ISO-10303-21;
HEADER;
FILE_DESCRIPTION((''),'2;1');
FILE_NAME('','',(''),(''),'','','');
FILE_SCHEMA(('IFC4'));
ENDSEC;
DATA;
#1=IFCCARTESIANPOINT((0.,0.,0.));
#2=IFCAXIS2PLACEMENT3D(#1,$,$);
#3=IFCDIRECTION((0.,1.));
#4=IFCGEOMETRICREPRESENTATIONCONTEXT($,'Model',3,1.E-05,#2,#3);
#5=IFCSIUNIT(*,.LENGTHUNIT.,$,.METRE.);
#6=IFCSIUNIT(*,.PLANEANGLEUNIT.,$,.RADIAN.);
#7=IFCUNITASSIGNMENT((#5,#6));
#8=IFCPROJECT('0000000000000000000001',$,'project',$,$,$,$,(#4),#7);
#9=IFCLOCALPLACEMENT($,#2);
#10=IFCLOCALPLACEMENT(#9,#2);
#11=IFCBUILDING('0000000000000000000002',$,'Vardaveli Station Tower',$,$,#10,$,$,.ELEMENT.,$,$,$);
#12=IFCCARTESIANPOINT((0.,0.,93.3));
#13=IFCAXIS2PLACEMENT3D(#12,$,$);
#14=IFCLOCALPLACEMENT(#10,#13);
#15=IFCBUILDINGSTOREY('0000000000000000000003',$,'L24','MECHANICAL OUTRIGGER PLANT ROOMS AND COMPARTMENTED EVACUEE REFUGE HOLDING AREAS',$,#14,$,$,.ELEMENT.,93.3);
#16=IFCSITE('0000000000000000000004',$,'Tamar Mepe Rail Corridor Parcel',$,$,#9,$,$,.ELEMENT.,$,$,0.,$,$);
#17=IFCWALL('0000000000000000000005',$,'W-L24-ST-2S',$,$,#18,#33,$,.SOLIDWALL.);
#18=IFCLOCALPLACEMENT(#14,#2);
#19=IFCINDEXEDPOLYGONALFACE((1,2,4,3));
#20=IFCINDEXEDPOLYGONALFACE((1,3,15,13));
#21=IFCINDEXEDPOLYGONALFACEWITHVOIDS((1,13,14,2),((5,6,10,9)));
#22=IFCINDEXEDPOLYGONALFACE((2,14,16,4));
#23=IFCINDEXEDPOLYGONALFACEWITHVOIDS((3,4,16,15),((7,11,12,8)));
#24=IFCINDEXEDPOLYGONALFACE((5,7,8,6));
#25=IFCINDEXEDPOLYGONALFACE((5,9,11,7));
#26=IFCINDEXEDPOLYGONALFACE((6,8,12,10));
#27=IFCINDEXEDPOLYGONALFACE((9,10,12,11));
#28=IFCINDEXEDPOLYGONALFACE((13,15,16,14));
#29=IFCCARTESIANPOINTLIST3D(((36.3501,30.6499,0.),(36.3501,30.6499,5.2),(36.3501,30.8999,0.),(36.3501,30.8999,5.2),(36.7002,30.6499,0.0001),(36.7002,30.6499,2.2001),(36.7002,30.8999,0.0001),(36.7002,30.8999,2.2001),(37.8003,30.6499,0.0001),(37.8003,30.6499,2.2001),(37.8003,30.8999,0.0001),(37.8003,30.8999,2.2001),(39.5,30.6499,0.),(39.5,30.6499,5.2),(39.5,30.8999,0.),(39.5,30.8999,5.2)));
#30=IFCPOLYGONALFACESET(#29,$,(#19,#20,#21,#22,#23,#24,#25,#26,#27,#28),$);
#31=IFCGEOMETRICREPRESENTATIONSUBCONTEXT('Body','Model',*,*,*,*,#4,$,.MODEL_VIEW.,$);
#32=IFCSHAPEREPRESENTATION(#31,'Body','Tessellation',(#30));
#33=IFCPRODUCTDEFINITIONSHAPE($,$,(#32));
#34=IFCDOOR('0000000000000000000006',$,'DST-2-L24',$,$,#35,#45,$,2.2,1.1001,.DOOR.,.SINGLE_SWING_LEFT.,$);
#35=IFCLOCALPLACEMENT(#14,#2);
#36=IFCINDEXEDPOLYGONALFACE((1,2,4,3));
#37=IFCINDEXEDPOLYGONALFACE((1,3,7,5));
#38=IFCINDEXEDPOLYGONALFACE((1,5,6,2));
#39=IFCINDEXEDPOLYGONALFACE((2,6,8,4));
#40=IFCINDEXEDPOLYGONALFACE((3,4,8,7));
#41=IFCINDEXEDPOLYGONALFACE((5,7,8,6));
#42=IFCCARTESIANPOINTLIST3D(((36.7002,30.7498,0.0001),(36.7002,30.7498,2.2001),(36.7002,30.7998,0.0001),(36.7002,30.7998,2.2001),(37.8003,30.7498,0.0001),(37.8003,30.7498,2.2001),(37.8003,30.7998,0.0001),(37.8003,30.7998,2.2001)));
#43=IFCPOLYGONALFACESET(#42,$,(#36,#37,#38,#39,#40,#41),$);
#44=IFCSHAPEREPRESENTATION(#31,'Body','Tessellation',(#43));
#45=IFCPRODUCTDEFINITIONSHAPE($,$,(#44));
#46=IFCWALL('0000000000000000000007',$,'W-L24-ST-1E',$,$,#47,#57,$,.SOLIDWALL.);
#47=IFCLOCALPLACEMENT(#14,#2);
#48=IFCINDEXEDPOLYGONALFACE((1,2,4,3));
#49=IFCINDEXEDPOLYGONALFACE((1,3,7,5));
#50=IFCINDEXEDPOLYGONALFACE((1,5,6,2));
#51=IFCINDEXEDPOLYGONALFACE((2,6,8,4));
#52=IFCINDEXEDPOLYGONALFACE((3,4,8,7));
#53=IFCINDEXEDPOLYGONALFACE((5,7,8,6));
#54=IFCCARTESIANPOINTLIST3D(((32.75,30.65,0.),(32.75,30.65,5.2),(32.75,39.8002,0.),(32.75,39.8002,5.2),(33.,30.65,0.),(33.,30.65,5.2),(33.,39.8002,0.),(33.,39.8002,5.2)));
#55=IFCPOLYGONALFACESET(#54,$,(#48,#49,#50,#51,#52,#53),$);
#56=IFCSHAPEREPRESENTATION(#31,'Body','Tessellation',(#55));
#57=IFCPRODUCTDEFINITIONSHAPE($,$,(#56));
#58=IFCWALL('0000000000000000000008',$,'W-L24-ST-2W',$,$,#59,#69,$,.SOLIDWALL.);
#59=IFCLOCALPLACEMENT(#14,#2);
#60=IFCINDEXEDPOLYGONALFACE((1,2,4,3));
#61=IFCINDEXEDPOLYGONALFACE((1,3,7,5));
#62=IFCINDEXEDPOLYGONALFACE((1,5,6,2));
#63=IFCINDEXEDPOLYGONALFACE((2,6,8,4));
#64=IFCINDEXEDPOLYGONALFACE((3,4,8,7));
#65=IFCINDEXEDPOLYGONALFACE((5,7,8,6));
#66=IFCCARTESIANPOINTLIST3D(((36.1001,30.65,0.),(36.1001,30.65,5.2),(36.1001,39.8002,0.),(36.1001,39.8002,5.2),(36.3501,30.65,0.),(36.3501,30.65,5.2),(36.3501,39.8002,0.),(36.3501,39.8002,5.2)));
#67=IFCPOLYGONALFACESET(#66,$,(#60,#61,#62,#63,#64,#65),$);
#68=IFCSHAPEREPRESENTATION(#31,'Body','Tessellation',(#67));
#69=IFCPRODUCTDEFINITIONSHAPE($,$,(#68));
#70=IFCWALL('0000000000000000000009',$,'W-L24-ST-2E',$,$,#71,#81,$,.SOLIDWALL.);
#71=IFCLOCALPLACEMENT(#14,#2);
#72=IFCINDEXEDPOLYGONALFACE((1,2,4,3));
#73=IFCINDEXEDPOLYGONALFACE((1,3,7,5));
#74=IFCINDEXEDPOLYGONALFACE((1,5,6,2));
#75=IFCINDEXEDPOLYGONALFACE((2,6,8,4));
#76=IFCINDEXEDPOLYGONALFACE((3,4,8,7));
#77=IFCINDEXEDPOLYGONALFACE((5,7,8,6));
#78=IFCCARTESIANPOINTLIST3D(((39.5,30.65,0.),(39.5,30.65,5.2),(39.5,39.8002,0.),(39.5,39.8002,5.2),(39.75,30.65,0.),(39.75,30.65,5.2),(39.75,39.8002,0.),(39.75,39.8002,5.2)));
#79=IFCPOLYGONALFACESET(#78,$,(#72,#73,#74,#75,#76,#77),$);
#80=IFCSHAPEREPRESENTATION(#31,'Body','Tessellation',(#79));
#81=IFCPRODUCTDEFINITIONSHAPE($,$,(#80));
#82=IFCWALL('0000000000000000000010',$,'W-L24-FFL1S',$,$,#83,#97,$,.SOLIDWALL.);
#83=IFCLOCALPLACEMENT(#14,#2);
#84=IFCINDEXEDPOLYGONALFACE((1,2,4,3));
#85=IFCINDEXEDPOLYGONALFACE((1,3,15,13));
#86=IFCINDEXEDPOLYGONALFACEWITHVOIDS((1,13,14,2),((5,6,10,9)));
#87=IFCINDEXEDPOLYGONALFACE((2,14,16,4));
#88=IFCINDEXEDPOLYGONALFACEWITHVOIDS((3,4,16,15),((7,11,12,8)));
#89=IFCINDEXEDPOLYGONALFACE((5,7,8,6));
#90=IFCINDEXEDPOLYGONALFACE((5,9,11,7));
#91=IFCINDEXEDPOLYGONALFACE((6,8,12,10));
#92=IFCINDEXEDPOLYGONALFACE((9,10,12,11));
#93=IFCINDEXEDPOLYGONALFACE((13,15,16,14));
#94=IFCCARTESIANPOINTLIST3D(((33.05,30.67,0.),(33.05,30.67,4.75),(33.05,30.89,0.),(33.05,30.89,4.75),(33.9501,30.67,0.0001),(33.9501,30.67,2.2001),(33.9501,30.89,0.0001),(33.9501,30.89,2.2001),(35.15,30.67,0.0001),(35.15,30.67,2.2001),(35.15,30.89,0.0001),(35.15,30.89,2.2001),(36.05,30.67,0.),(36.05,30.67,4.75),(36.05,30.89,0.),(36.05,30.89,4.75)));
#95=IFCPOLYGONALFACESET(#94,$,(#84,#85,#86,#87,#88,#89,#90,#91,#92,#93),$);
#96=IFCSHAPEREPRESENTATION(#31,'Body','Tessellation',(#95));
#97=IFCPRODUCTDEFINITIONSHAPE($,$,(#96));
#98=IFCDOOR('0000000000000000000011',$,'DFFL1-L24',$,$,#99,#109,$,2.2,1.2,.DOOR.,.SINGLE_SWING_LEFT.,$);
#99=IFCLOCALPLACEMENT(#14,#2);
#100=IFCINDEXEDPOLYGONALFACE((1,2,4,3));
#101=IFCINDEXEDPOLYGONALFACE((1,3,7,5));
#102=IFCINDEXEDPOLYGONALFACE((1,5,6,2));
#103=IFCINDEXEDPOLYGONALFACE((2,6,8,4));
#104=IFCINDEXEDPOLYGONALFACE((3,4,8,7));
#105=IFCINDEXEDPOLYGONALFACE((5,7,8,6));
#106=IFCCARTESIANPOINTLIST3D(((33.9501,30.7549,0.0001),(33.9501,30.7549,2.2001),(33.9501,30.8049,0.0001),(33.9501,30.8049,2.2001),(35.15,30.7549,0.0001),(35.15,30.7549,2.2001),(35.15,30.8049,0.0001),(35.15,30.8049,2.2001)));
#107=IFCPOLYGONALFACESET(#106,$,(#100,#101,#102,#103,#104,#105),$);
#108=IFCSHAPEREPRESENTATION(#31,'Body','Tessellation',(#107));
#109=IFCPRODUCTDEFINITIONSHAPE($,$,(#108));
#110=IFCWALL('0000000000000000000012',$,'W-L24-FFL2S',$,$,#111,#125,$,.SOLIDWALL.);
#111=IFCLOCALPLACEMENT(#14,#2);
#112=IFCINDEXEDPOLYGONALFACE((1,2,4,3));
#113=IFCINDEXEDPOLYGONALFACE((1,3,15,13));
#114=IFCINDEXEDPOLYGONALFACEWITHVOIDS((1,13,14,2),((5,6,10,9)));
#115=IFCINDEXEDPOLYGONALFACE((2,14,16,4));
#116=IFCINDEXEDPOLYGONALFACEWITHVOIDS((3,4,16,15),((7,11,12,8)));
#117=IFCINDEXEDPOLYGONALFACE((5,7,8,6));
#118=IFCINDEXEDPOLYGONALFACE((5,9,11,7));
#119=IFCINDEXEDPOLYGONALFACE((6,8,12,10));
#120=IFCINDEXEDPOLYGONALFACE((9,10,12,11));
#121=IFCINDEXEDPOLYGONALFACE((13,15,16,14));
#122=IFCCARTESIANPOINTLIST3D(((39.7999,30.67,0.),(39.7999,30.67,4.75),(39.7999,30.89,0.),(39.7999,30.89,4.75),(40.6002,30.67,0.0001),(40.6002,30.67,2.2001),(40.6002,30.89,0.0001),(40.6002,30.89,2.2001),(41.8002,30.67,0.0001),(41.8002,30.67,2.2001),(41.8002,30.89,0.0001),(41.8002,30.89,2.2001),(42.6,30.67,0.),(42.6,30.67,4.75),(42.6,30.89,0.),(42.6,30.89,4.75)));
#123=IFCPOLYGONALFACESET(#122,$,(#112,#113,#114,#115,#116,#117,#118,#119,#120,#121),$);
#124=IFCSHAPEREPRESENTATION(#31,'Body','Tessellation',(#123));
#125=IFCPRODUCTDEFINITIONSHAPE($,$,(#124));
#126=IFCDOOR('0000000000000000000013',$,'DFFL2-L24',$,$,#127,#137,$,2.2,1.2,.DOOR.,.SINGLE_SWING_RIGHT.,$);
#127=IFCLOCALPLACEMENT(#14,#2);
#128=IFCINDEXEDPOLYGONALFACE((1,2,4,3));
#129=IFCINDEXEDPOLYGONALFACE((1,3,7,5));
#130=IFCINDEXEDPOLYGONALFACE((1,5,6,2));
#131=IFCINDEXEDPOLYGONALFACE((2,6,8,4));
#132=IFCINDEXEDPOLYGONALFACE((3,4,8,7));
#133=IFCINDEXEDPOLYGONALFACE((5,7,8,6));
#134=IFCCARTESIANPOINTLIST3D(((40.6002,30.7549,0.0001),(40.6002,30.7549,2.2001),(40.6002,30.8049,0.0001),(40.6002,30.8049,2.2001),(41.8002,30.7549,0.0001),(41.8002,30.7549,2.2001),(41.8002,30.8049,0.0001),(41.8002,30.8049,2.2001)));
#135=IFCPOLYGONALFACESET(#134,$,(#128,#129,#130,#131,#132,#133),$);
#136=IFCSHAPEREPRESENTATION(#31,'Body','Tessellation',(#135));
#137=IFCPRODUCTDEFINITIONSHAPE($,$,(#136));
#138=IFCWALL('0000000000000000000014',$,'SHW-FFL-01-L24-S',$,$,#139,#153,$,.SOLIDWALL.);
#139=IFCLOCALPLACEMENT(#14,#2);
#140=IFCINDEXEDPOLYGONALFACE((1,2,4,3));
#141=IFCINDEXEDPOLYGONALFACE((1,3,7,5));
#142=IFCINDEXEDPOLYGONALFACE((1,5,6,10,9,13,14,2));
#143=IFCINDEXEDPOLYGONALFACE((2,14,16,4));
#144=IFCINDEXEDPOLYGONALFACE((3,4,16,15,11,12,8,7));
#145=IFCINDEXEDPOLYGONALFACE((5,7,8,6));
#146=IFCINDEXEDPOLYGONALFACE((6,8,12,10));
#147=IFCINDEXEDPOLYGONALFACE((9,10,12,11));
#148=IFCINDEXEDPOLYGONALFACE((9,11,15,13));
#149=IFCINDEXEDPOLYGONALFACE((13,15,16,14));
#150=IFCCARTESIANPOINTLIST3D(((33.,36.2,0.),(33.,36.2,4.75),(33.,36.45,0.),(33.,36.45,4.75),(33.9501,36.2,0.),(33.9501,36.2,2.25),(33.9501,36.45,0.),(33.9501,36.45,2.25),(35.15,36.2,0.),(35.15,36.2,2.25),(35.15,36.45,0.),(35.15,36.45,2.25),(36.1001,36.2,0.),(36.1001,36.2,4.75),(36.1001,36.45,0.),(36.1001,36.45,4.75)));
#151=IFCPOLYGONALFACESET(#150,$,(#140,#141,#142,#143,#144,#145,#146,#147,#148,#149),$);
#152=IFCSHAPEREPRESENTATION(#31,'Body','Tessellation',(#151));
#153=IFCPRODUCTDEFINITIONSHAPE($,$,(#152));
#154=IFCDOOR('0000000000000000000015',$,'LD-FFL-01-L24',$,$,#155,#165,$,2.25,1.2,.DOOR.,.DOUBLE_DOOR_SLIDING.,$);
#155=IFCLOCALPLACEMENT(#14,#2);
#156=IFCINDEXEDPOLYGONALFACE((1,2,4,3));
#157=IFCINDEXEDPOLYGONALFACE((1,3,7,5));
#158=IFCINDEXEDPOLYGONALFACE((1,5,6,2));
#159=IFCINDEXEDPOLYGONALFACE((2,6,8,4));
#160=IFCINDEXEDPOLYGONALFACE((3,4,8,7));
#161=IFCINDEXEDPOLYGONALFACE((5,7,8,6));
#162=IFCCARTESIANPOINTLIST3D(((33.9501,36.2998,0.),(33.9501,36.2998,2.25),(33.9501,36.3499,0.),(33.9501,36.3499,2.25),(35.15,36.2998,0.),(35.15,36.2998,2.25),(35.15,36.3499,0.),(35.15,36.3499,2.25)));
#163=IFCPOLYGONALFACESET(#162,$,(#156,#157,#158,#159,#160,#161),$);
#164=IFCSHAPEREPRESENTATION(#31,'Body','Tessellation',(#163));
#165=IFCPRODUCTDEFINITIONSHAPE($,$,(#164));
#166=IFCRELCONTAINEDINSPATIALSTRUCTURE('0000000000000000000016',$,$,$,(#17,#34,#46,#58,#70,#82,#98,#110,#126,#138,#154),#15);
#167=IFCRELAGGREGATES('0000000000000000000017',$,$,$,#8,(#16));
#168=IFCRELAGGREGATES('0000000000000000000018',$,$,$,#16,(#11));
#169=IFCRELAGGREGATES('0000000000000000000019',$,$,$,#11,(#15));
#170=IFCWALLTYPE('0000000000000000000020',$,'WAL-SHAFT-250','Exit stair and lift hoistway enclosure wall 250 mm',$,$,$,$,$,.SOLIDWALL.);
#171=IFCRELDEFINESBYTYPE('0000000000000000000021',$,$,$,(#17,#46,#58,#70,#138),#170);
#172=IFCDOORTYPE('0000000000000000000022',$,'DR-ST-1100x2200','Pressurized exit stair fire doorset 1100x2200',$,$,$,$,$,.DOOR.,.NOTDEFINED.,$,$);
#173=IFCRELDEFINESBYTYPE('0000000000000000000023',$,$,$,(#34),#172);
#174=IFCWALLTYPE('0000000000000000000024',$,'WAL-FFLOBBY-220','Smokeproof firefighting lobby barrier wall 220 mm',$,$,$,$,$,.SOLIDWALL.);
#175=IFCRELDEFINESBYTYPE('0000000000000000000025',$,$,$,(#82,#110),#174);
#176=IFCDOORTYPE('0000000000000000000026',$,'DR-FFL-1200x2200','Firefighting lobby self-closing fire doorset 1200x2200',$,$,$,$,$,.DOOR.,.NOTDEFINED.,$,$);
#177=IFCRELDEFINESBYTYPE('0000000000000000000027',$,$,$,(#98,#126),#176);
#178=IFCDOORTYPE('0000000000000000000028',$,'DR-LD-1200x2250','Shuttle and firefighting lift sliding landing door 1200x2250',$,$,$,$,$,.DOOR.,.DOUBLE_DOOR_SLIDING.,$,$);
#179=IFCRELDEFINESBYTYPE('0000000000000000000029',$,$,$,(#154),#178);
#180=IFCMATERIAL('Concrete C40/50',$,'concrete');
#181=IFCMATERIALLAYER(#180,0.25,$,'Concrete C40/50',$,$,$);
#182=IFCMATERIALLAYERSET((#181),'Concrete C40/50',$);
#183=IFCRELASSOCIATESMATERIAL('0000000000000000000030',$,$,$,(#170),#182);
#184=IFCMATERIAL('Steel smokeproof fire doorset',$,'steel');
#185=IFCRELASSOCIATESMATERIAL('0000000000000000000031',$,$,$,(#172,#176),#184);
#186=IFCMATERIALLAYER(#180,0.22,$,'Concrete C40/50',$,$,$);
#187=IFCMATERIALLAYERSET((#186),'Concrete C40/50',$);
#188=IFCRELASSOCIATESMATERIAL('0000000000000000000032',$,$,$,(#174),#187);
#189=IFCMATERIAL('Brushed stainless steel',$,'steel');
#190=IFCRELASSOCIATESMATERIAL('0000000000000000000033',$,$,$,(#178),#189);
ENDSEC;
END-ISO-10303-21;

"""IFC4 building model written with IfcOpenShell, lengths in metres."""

from ifc_helpers import new_model, si_unit, direction, frame, frame_2d, origin, place, context, subcontext, project, spatial, rectangle, extrude, source, transform, mapped, material, layer, layer_set, type_object, element, fill, save


model = new_model("IFC4")

# Units and contexts
model_context = context("Model", 3, precision=1e-05, world=origin(), true_north=direction((0.0, 1.0)))
body_context = subcontext(model_context, "Body", "Model", "MODEL_VIEW")
ifc_project = project(units=[si_unit("LENGTHUNIT", "METRE"), si_unit("PLANEANGLEUNIT", "RADIAN")], contexts=[model_context])

# Site, building, storey
site_placement = place(None, origin())
site = spatial("IfcSite", under=ifc_project, at=site_placement, Name="Tamar Mepe Rail Corridor Parcel", CompositionType="ELEMENT", RefElevation=0.0)
building_placement = place(site_placement, origin())
building = spatial("IfcBuilding", under=site, at=building_placement, Name="Vardaveli Station Tower", CompositionType="ELEMENT")
storey_placement = place(building_placement, frame((0.0, 0.0, 93.3)))
storey = spatial("IfcBuildingStorey", under=building, at=storey_placement, Name="L24", Description="MECHANICAL OUTRIGGER PLANT ROOMS AND COMPARTMENTED EVACUEE REFUGE HOLDING AREAS", CompositionType="ELEMENT", Elevation=93.3)

# Wall, opening, door
ifc_material_1 = material(Name="Concrete C40/50", Category="concrete")
ifc_layer_1 = layer(ifc_material_1, 0.25, Name="Concrete C40/50")
ifc_layer_set_1 = layer_set([ifc_layer_1], Name="Concrete C40/50")
wall_type_1 = type_object("IfcWallType", Name="WAL-SHAFT-250", Description="Exit stair and lift hoistway enclosure wall 250 mm", PredefinedType="SOLIDWALL", material=ifc_layer_set_1)
shared_shape_1 = source(origin(), body_context, "Body", "SweptSolid", [
    extrude(rectangle(XDim=3.1499, YDim=0.25, at=frame_2d((1.575, 0.0))), origin(), (0.0, 0.0, 1.0), 5.2),
])
wall_1_placement = place(storey_placement, frame((36.3501, 30.7749, 0.0), z_axis=(0.0, 0.0, 1.0), x_axis=(1.0, 0.0, 0.0)))
wall_1 = element("IfcWall", 1, at=wall_1_placement, inside=storey, type_object=wall_type_1, Name="W-L24-ST-2S", PredefinedType="SOLIDWALL", context=body_context, shape_type="MappedRepresentation", body=[
    mapped(shared_shape_1, transform((0.0, 0.0, 0.0), scale=1.0)),
])
shared_shape_2 = source(origin(), body_context, "Body", "SweptSolid", [
    extrude(rectangle(XDim=1.1001, YDim=2.2, at=frame_2d((0.55, 1.1001))), frame((0.0, 0.135, 0.0), z_axis=(0.0, -1.0, 0.0), x_axis=(1.0, 0.0, 0.0)), (0.0, 0.0, 1.0), 0.27),
])
opening_1_placement = place(wall_1_placement, frame((0.3501, 0.0, 0.0)))
opening_1 = element("IfcOpeningElement", 2, at=opening_1_placement, cuts=wall_1, PredefinedType="OPENING", context=body_context, shape_type="MappedRepresentation", body=[
    mapped(shared_shape_2, transform((0.0, 0.0, 0.0), scale=1.0)),
])
ifc_material_2 = material(Name="Steel smokeproof fire doorset", Category="steel")
door_type_1 = type_object("IfcDoorType", Name="DR-ST-1100x2200", Description="Pressurized exit stair fire doorset 1100x2200", OperationType="NOTDEFINED", PredefinedType="DOOR", material=ifc_material_2)
shared_shape_3 = source(origin(), body_context, "Body", "SweptSolid", [
    extrude(rectangle(XDim=1.1001, YDim=2.2, at=frame_2d((0.55, 1.1001))), frame((0.0, 0.0249, 0.0), z_axis=(0.0, -1.0, 0.0), x_axis=(1.0, 0.0, 0.0)), (0.0, 0.0, 1.0), 0.05),
])
door_1_placement = place(opening_1_placement, origin())
door_1 = element("IfcDoor", 3, at=door_1_placement, inside=storey, type_object=door_type_1, Name="DST-2-L24", OperationType="SINGLE_SWING_LEFT", OverallHeight=2.2, OverallWidth=1.1001, PredefinedType="DOOR", context=body_context, shape_type="MappedRepresentation", body=[
    mapped(shared_shape_3, transform((0.0, 0.0, 0.0), scale=1.0)),
])
fill(opening_1, door_1)

# Walls
shared_shape_4 = source(origin(), body_context, "Body", "SweptSolid", [
    extrude(rectangle(XDim=9.1501, YDim=0.25, at=frame_2d((4.5752, 0.0))), origin(), (0.0, 0.0, 1.0), 5.2),
])
for number, where, z_axis, x_axis, name in (
    (4, (32.875, 30.6499, 0.0), (0.0, 0.0, 1.0), (0.0, 1.0, 0.0), "W-L24-ST-1E"),
    (5, (36.2251, 30.6499, 0.0), (0.0, 0.0, 1.0), (0.0, 1.0, 0.0), "W-L24-ST-2W"),
    (6, (39.625, 30.6499, 0.0), (0.0, 0.0, 1.0), (0.0, 1.0, 0.0), "W-L24-ST-2E"),
):
    element("IfcWall", number, at=place(storey_placement, frame(where, z_axis=z_axis, x_axis=x_axis)), inside=storey, type_object=wall_type_1, Name=name, PredefinedType="SOLIDWALL", context=body_context, shape_type="MappedRepresentation", body=[
        mapped(shared_shape_4, transform((0.0, 0.0, 0.0), scale=1.0)),
    ])

# Walls, openings, doors
ifc_layer_2 = layer(ifc_material_1, 0.22, Name="Concrete C40/50")
ifc_layer_set_2 = layer_set([ifc_layer_2], Name="Concrete C40/50")
wall_type_2 = type_object("IfcWallType", Name="WAL-FFLOBBY-220", Description="Smokeproof firefighting lobby barrier wall 220 mm", PredefinedType="SOLIDWALL", material=ifc_layer_set_2)
shared_shape_5 = source(origin(), body_context, "Body", "SweptSolid", [
    extrude(rectangle(XDim=3.0, YDim=0.22, at=frame_2d((1.5, 0.0))), origin(), (0.0, 0.0, 1.0), 4.75),
])
wall_2_placement = place(storey_placement, frame((33.05, 30.78, 0.0), z_axis=(0.0, 0.0, 1.0), x_axis=(1.0, 0.0, 0.0)))
wall_2 = element("IfcWall", 7, at=wall_2_placement, inside=storey, type_object=wall_type_2, Name="W-L24-FFL1S", PredefinedType="SOLIDWALL", context=body_context, shape_type="MappedRepresentation", body=[
    mapped(shared_shape_5, transform((0.0, 0.0, 0.0), scale=1.0)),
])
shared_shape_6 = source(origin(), body_context, "Body", "SweptSolid", [
    extrude(rectangle(XDim=1.2, YDim=2.2, at=frame_2d((0.6001, 1.1001))), frame((0.0, 0.1201, 0.0), z_axis=(0.0, -1.0, 0.0), x_axis=(1.0, 0.0, 0.0)), (0.0, 0.0, 1.0), 0.24),
])
opening_2_placement = place(wall_2_placement, frame((0.8999, 0.0, 0.0)))
opening_2 = element("IfcOpeningElement", 8, at=opening_2_placement, cuts=wall_2, PredefinedType="OPENING", context=body_context, shape_type="MappedRepresentation", body=[
    mapped(shared_shape_6, transform((0.0, 0.0, 0.0), scale=1.0)),
])
door_type_2 = type_object("IfcDoorType", Name="DR-FFL-1200x2200", Description="Firefighting lobby self-closing fire doorset 1200x2200", OperationType="NOTDEFINED", PredefinedType="DOOR", material=ifc_material_2)
shared_shape_7 = source(origin(), body_context, "Body", "SweptSolid", [
    extrude(rectangle(XDim=1.2, YDim=2.2, at=frame_2d((0.6001, 1.1001))), frame((0.0, 0.0249, 0.0), z_axis=(0.0, -1.0, 0.0), x_axis=(1.0, 0.0, 0.0)), (0.0, 0.0, 1.0), 0.05),
])
door_2_placement = place(opening_2_placement, origin())
door_2 = element("IfcDoor", 9, at=door_2_placement, inside=storey, type_object=door_type_2, Name="DFFL1-L24", OperationType="SINGLE_SWING_LEFT", OverallHeight=2.2, OverallWidth=1.2, PredefinedType="DOOR", context=body_context, shape_type="MappedRepresentation", body=[
    mapped(shared_shape_7, transform((0.0, 0.0, 0.0), scale=1.0)),
])
fill(opening_2, door_2)
shared_shape_8 = source(origin(), body_context, "Body", "SweptSolid", [
    extrude(rectangle(XDim=2.8, YDim=0.22, at=frame_2d((1.3999, 0.0))), origin(), (0.0, 0.0, 1.0), 4.75),
])
wall_3_placement = place(storey_placement, frame((39.8, 30.78, 0.0), z_axis=(0.0, 0.0, 1.0), x_axis=(1.0, 0.0, 0.0)))
wall_3 = element("IfcWall", 10, at=wall_3_placement, inside=storey, type_object=wall_type_2, Name="W-L24-FFL2S", PredefinedType="SOLIDWALL", context=body_context, shape_type="MappedRepresentation", body=[
    mapped(shared_shape_8, transform((0.0, 0.0, 0.0), scale=1.0)),
])
opening_3_placement = place(wall_3_placement, frame((0.8, 0.0, 0.0)))
opening_3 = element("IfcOpeningElement", 11, at=opening_3_placement, cuts=wall_3, PredefinedType="OPENING", context=body_context, shape_type="MappedRepresentation", body=[
    mapped(shared_shape_6, transform((0.0, 0.0, 0.0), scale=1.0)),
])
door_3_placement = place(opening_3_placement, origin())
door_3 = element("IfcDoor", 12, at=door_3_placement, inside=storey, type_object=door_type_2, Name="DFFL2-L24", OperationType="SINGLE_SWING_RIGHT", OverallHeight=2.2, OverallWidth=1.2, PredefinedType="DOOR", context=body_context, shape_type="MappedRepresentation", body=[
    mapped(shared_shape_7, transform((0.0, 0.0, 0.0), scale=1.0)),
])
fill(opening_3, door_3)
shared_shape_9 = source(origin(), body_context, "Body", "SweptSolid", [
    extrude(rectangle(XDim=3.1001, YDim=0.25, at=frame_2d((1.55, 0.0))), origin(), (0.0, 0.0, 1.0), 4.75),
])
wall_4_placement = place(storey_placement, frame((33.0, 36.325, 0.0), z_axis=(0.0, 0.0, 1.0), x_axis=(1.0, 0.0, 0.0)))
wall_4 = element("IfcWall", 13, at=wall_4_placement, inside=storey, type_object=wall_type_1, Name="SHW-FFL-01-L24-S", PredefinedType="SOLIDWALL", context=body_context, shape_type="MappedRepresentation", body=[
    mapped(shared_shape_9, transform((0.0, 0.0, 0.0), scale=1.0)),
])
shared_shape_10 = source(origin(), body_context, "Body", "SweptSolid", [
    extrude(rectangle(XDim=1.2, YDim=2.25, at=frame_2d((0.6001, 1.125))), frame((0.0, 0.135, 0.0), z_axis=(0.0, -1.0, 0.0), x_axis=(1.0, 0.0, 0.0)), (0.0, 0.0, 1.0), 0.27),
])
opening_4_placement = place(wall_4_placement, frame((0.95, 0.0, 0.0)))
opening_4 = element("IfcOpeningElement", 14, at=opening_4_placement, cuts=wall_4, PredefinedType="OPENING", context=body_context, shape_type="MappedRepresentation", body=[
    mapped(shared_shape_10, transform((0.0, 0.0, 0.0), scale=1.0)),
])
ifc_material_3 = material(Name="Brushed stainless steel", Category="steel")
door_type_3 = type_object("IfcDoorType", Name="DR-LD-1200x2250", Description="Shuttle and firefighting lift sliding landing door 1200x2250", OperationType="DOUBLE_DOOR_SLIDING", PredefinedType="DOOR", material=ifc_material_3)
shared_shape_11 = source(origin(), body_context, "Body", "SweptSolid", [
    extrude(rectangle(XDim=1.2, YDim=2.25, at=frame_2d((0.6001, 1.125))), frame((0.0, 0.0249, 0.0), z_axis=(0.0, -1.0, 0.0), x_axis=(1.0, 0.0, 0.0)), (0.0, 0.0, 1.0), 0.05),
])
door_4_placement = place(opening_4_placement, origin())
door_4 = element("IfcDoor", 15, at=door_4_placement, inside=storey, type_object=door_type_3, Name="LD-FFL-01-L24", OperationType="DOUBLE_DOOR_SLIDING", OverallHeight=2.25, OverallWidth=1.2, PredefinedType="DOOR", context=body_context, shape_type="MappedRepresentation", body=[
    mapped(shared_shape_11, transform((0.0, 0.0, 0.0), scale=1.0)),
])
fill(opening_4, door_4)

save(model, "model.ifc")
